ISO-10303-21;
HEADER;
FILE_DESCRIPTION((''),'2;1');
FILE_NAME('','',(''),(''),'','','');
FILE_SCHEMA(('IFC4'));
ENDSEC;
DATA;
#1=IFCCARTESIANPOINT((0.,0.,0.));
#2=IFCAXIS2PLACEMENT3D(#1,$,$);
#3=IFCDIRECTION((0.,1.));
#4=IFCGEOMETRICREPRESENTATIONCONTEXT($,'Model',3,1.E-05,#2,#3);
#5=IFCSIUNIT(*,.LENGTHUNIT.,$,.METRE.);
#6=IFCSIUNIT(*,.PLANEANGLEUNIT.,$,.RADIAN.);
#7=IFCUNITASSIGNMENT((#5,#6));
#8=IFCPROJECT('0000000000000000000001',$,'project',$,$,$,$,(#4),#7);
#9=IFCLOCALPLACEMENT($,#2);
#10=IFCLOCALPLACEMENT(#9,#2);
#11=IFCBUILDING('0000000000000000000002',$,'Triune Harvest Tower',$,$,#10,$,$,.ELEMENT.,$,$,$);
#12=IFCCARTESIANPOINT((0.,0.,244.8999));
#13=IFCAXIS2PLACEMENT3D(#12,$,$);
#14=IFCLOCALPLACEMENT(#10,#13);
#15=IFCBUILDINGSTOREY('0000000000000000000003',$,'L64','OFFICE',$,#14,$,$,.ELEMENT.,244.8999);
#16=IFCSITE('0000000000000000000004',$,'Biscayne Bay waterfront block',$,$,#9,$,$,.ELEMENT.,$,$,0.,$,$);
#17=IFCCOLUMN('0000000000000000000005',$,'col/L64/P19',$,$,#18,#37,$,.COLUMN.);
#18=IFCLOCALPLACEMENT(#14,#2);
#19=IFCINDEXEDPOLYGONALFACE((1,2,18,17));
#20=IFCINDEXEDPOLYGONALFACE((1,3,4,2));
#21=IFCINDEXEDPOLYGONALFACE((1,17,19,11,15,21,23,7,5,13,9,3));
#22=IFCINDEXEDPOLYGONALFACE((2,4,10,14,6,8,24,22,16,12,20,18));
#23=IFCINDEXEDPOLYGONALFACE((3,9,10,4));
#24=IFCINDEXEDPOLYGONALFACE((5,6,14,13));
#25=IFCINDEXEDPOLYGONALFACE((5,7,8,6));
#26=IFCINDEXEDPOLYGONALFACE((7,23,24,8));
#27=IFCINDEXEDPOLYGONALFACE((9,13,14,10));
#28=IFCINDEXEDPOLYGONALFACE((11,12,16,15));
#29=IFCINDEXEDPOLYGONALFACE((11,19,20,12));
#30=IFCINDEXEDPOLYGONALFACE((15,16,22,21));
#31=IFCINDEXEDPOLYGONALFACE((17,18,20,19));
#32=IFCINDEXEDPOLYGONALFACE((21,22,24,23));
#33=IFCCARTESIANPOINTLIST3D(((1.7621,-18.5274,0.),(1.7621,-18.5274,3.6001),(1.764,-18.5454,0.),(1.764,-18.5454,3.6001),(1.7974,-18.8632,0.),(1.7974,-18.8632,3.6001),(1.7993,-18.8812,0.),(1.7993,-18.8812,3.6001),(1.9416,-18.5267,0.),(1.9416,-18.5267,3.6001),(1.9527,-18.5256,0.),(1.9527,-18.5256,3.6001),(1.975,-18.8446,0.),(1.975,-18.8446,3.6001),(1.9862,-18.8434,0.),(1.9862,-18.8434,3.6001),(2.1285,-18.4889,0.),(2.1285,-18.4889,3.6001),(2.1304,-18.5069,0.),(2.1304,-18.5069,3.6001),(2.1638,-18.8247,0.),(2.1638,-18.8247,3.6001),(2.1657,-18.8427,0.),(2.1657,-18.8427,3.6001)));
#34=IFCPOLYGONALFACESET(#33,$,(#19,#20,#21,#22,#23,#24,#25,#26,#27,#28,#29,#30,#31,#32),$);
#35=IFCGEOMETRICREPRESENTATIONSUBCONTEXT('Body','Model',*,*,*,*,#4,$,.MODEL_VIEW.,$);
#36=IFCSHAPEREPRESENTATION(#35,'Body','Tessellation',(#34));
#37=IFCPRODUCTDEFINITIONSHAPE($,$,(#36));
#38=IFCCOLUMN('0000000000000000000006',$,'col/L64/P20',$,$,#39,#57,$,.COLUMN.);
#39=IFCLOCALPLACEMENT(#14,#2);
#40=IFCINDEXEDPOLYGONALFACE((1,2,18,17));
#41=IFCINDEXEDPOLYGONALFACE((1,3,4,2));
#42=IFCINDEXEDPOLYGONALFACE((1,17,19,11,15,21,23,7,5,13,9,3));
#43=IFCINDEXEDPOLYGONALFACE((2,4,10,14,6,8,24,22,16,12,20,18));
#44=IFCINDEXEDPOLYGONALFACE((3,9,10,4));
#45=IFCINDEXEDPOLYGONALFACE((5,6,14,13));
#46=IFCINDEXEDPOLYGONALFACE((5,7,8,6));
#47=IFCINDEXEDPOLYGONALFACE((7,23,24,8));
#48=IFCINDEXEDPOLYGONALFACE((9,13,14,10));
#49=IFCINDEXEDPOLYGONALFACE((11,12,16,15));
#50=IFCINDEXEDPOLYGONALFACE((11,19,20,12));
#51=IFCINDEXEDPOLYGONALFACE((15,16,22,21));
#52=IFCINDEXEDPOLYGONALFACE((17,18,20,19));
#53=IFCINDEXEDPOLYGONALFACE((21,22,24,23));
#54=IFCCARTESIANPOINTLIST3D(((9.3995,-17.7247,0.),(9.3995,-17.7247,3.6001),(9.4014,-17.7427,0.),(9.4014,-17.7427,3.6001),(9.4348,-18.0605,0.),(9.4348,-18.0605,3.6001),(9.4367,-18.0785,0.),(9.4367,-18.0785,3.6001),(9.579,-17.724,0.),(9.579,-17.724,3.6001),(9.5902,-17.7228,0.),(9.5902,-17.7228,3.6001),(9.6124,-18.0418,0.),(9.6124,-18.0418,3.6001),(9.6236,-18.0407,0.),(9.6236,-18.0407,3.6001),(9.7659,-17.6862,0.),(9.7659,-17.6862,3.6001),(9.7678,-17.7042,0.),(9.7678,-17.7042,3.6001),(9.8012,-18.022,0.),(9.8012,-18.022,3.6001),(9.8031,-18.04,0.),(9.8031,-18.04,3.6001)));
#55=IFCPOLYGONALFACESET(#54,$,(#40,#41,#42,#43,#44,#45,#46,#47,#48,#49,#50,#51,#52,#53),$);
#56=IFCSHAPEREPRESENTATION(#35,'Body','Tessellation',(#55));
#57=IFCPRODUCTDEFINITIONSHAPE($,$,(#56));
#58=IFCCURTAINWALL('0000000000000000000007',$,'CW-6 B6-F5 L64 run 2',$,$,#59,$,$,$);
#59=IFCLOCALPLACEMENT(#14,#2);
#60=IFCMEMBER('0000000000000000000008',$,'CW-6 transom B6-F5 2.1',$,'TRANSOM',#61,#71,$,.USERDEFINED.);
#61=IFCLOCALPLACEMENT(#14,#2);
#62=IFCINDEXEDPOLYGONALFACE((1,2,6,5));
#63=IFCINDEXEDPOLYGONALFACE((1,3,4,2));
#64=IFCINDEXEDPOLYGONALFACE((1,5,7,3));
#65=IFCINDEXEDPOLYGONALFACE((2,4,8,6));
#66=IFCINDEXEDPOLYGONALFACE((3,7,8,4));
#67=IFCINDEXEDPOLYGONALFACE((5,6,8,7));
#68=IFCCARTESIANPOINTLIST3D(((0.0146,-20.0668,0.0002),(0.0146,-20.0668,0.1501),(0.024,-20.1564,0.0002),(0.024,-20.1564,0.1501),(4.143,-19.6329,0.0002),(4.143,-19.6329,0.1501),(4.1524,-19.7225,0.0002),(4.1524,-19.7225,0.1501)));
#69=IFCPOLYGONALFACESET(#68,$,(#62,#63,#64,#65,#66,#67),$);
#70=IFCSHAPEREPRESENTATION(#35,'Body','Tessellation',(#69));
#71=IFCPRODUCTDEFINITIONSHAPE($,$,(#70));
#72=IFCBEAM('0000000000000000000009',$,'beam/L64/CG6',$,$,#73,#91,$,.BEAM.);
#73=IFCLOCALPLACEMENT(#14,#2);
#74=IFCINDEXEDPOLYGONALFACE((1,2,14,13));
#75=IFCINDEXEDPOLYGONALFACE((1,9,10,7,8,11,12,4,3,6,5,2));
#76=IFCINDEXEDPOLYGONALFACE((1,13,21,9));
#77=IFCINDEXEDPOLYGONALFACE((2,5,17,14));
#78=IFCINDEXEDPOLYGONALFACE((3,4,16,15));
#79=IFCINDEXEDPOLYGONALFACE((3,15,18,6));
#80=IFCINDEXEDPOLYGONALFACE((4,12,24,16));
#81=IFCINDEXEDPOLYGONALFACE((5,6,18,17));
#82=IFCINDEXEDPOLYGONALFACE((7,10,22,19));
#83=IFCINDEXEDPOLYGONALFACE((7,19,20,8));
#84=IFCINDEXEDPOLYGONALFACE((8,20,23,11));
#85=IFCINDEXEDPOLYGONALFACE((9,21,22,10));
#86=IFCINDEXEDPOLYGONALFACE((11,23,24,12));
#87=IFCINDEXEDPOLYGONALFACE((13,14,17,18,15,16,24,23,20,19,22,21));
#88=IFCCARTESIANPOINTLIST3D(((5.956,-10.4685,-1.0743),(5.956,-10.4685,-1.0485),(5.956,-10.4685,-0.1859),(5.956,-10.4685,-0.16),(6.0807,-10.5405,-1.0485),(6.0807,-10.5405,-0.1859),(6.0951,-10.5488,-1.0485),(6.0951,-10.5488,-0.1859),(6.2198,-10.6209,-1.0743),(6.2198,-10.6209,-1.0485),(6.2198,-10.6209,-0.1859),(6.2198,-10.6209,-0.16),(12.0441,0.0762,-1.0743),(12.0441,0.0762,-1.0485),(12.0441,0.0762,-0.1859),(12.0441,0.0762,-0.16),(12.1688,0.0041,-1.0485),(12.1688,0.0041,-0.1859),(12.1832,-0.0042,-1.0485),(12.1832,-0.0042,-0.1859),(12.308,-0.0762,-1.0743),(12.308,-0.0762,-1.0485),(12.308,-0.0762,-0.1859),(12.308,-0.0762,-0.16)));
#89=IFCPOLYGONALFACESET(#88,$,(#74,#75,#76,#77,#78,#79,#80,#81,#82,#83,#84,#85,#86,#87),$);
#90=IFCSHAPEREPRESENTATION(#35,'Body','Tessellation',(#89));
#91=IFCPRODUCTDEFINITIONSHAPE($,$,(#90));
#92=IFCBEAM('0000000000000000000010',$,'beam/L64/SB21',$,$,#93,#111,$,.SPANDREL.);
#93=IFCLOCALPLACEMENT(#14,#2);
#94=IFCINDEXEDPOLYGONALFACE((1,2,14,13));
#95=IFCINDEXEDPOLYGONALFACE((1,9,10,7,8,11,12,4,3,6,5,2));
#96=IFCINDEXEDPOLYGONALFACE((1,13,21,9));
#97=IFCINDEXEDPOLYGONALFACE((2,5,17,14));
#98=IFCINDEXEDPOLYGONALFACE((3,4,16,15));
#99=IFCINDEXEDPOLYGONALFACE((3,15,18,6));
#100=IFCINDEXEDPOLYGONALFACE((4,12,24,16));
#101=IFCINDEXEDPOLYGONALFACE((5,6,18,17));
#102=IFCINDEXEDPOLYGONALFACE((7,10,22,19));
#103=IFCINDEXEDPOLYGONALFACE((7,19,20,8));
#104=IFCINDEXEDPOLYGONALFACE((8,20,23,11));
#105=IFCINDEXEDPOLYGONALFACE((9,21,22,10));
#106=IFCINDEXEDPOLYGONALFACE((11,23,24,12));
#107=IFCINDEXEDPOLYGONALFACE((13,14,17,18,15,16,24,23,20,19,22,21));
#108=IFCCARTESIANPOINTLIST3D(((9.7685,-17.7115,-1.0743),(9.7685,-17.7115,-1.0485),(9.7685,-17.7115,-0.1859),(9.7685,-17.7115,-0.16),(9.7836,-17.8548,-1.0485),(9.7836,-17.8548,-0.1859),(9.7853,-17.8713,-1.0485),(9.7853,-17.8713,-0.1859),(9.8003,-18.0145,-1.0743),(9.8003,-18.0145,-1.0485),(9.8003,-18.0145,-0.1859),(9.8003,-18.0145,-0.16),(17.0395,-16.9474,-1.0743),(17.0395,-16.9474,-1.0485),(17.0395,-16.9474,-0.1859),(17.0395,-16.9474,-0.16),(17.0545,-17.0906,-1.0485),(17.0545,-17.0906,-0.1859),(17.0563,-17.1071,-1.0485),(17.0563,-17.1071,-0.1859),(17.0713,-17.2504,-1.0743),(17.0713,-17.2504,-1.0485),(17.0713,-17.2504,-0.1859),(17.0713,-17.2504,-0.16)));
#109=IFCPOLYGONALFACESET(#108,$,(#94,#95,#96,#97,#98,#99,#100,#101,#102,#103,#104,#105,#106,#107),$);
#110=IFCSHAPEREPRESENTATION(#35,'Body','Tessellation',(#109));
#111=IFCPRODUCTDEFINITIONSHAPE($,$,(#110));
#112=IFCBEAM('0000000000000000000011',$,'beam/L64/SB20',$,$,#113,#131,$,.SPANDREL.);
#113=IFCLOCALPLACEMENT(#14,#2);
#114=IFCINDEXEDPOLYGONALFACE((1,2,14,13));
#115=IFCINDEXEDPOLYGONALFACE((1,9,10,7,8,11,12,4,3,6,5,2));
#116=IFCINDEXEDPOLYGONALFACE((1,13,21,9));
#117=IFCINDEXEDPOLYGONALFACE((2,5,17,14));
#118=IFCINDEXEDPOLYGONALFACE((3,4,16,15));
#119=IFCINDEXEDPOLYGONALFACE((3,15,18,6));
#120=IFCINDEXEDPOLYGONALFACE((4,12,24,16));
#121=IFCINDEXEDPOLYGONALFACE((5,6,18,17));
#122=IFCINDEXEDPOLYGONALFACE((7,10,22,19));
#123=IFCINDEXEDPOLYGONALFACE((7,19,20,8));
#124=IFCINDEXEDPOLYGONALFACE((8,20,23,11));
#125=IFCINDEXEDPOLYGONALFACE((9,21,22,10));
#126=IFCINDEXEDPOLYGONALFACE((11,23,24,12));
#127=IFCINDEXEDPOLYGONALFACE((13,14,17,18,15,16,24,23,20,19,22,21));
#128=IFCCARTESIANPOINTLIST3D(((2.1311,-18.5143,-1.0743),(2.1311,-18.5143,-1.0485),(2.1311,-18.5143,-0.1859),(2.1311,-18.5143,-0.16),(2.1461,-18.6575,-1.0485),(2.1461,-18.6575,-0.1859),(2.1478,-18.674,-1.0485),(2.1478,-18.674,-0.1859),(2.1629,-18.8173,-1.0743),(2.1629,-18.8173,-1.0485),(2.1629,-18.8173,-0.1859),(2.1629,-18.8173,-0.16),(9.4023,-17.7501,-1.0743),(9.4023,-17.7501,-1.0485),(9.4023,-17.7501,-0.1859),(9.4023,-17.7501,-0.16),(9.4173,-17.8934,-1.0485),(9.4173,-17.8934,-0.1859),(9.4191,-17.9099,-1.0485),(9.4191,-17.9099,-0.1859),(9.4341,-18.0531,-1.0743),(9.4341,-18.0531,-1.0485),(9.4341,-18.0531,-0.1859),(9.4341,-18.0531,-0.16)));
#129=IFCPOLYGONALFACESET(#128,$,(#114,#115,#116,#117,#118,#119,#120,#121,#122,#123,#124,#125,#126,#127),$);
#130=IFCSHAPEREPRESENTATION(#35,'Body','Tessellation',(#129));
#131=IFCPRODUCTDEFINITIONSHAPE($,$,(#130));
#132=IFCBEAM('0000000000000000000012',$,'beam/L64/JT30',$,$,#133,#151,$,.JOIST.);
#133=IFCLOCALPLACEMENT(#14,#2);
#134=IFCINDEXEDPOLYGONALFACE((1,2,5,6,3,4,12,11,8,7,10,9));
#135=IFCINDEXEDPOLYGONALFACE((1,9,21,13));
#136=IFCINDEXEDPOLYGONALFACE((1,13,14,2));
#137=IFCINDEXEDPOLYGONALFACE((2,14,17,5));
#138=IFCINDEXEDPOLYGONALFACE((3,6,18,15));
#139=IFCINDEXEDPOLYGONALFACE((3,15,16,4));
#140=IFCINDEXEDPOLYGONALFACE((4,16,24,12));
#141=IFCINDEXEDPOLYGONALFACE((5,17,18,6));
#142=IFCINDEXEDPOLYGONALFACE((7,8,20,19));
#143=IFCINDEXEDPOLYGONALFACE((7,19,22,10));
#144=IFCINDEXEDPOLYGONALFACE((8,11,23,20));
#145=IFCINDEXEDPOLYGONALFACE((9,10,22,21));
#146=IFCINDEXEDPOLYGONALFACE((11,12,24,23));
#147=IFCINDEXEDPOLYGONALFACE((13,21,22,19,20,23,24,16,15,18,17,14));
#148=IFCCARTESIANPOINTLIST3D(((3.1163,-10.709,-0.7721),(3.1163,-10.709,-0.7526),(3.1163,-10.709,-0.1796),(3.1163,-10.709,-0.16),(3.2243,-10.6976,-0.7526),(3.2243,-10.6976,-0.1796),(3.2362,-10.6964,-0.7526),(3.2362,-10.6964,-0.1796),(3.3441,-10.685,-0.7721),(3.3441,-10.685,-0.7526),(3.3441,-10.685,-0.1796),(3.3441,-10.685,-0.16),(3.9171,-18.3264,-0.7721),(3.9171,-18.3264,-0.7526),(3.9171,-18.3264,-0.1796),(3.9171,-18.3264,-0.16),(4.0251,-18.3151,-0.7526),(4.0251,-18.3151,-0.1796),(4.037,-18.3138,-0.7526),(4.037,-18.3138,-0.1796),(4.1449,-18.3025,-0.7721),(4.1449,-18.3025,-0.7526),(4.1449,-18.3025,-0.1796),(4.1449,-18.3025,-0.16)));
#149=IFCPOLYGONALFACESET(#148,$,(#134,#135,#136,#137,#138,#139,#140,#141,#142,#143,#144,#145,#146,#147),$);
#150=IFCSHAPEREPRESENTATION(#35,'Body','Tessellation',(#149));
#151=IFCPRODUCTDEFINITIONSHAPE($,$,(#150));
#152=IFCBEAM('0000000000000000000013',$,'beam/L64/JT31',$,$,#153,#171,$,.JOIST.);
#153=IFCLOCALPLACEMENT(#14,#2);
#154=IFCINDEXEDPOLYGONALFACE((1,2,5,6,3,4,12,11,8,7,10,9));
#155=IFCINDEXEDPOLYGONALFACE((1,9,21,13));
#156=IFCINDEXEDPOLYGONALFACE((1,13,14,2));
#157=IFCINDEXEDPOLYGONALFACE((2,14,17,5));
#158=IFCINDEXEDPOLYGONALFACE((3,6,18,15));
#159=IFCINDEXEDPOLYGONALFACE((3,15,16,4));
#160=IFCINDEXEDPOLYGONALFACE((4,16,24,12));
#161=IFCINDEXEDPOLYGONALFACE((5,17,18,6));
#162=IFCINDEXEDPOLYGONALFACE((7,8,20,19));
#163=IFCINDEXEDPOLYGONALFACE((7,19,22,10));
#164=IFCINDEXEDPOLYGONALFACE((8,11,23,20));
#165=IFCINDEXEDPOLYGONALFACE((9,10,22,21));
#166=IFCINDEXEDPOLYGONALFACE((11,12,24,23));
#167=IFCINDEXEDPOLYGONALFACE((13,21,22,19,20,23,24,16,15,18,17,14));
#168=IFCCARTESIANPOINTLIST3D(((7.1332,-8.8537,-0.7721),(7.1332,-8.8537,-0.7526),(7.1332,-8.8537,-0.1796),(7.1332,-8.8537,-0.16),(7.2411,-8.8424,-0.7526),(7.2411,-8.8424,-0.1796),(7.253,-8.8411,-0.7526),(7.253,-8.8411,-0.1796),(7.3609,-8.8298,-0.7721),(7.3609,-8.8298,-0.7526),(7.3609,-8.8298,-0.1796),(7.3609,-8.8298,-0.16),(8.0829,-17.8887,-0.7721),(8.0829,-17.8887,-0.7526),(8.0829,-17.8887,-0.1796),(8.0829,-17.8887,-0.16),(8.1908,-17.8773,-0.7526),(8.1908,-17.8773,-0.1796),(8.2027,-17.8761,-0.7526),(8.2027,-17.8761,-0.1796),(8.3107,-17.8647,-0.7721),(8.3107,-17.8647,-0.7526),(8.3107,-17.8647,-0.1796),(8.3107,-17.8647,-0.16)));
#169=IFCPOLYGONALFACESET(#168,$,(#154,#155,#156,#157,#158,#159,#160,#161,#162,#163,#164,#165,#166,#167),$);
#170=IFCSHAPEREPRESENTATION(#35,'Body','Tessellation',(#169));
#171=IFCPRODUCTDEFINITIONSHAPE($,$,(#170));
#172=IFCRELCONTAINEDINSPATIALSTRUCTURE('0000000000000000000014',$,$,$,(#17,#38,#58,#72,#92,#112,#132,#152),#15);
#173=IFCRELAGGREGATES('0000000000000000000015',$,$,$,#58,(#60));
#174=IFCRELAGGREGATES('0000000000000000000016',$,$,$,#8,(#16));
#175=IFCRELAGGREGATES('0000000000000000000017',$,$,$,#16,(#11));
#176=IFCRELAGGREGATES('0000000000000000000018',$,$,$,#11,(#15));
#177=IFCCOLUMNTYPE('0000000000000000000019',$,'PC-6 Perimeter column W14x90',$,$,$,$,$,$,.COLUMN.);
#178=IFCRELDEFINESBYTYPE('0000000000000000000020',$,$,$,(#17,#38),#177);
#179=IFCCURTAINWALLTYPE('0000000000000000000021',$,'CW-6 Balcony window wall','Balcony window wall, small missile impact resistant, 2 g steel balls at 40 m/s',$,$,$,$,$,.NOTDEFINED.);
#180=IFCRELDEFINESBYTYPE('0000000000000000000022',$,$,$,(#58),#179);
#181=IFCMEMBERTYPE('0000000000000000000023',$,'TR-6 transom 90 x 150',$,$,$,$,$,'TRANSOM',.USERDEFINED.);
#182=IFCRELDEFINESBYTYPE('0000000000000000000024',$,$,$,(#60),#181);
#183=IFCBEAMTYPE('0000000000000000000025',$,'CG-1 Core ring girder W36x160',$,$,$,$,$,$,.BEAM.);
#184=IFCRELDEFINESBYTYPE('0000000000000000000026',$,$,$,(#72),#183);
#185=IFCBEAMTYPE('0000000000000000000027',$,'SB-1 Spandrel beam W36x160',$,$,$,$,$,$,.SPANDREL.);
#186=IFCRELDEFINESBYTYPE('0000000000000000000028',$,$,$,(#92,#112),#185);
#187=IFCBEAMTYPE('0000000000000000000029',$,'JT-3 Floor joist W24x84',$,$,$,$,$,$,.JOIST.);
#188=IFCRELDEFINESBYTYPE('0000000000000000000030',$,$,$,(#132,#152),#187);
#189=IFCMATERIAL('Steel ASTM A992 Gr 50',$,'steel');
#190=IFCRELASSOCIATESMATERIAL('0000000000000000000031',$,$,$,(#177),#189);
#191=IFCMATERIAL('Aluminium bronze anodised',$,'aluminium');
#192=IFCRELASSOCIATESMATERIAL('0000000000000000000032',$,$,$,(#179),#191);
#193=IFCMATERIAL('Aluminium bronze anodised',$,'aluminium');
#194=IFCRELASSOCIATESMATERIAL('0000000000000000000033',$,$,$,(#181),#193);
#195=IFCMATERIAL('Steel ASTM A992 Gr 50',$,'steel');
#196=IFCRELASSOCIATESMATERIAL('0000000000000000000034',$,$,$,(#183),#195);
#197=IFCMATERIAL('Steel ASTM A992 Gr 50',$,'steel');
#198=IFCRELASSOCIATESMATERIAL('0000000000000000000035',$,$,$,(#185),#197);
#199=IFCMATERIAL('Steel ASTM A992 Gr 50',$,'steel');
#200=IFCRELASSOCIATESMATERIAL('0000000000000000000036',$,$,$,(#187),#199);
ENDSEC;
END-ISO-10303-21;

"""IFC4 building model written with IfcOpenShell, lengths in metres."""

from ifc_helpers import new_model, si_unit, direction, frame, origin, origin_2d, place, context, subcontext, project, spatial, rectangle, i_section, extrude, source, transform, mapped, material, material_profile, profile_set, type_object, element, aggregate, save


model = new_model("IFC4")

# Units and contexts
model_context = context("Model", 3, precision=1e-05, world=origin(), true_north=direction((0.0, 1.0)))
body_context = subcontext(model_context, "Body", "Model", "MODEL_VIEW")
ifc_project = project(units=[si_unit("LENGTHUNIT", "METRE"), si_unit("PLANEANGLEUNIT", "RADIAN")], contexts=[model_context])

# Site, building, storey
site_placement = place(None, origin())
site = spatial("IfcSite", under=ifc_project, at=site_placement, Name="Biscayne Bay waterfront block", CompositionType="ELEMENT", RefElevation=0.0)
building_placement = place(site_placement, origin())
building = spatial("IfcBuilding", under=site, at=building_placement, Name="Triune Harvest Tower", CompositionType="ELEMENT")
storey_placement = place(building_placement, frame((0.0, 0.0, 244.8999)))
storey = spatial("IfcBuildingStorey", under=building, at=storey_placement, Name="L64", Description="OFFICE", CompositionType="ELEMENT", Elevation=244.8999)

# Columns
ifc_material_1 = material(Name="Steel ASTM A992 Gr 50", Category="steel")
ifc_material_profile_1 = material_profile(ifc_material_1, i_section(OverallWidth=0.3684, OverallDepth=0.3557, WebThickness=0.0112, FlangeThickness=0.0181, at=origin_2d()), Name="W14x90")
ifc_profile_set_1 = profile_set([ifc_material_profile_1], Name="Steel ASTM A992 Gr 50")
column_type = type_object("IfcColumnType", Name="PC-6 Perimeter column W14x90", PredefinedType="COLUMN", material=ifc_profile_set_1)
shared_shape_1 = source(origin(), body_context, "Body", "SweptSolid", [
    extrude(i_section(OverallWidth=0.3684, OverallDepth=0.3557, WebThickness=0.0112, FlangeThickness=0.0181, at=origin_2d()), origin(), (0.0, 0.0, 1.0), 3.6001),
])
for number, where, z_axis, x_axis, name in (
    (1, (1.9639, -18.6851, 0.0), (0.0, 0.0, 1.0), (0.994522, 0.10453, 0.0), "col/L64/P19"),
    (2, (9.6013, -17.8823, 0.0), (0.0, 0.0, 1.0), (0.994522, 0.10453, 0.0), "col/L64/P20"),
):
    element("IfcColumn", number, at=place(storey_placement, frame(where, z_axis=z_axis, x_axis=x_axis)), inside=storey, type_object=column_type, Name=name, PredefinedType="COLUMN", context=body_context, shape_type="MappedRepresentation", body=[
        mapped(shared_shape_1, transform((0.0, 0.0, 0.0), scale=1.0)),
    ])

# Curtain wall, member
ifc_material_2 = material(Name="Aluminium bronze anodised", Category="aluminium")
curtain_wall_type_1 = type_object("IfcCurtainWallType", Name="CW-6 Balcony window wall", Description="Balcony window wall, small missile impact resistant, 2 g steel balls at 40 m/s", PredefinedType="NOTDEFINED", material=ifc_material_2)
curtain_wall_1_placement = place(storey_placement, origin())
curtain_wall_1 = element("IfcCurtainWall", 3, at=curtain_wall_1_placement, inside=storey, type_object=curtain_wall_type_1, Name="CW-6 B6-F5 L64 run 2")
ifc_material_3 = material(Name="Aluminium bronze anodised", Category="aluminium")
ifc_material_profile_2 = material_profile(ifc_material_3, rectangle(XDim=0.0901, YDim=0.1499, at=origin_2d()), Name="TR-6 transom 90 x 150")
ifc_profile_set_2 = profile_set([ifc_material_profile_2], Name="Aluminium bronze anodised")
member_type_1 = type_object("IfcMemberType", Name="TR-6 transom 90 x 150", ElementType="TRANSOM", PredefinedType="USERDEFINED", material=ifc_profile_set_2)
member_1_placement = place(storey_placement, frame((0.0193, -20.1116, 0.0752), z_axis=(0.994524, 0.10451, 0.0), x_axis=(-0.10451, 0.994524, 0.0)))
member_1 = element("IfcMember", 4, at=member_1_placement, type_object=member_type_1, Name="CW-6 transom B6-F5 2.1", ObjectType="TRANSOM", PredefinedType="USERDEFINED", context=body_context, shape_type="SweptSolid", body=[
    extrude(rectangle(XDim=0.0901, YDim=0.1499, at=origin_2d()), origin(), (0.0, 0.0, 1.0), 4.1511),
])

# Beams
ifc_material_4 = material(Name="Steel ASTM A992 Gr 50", Category="steel")
ifc_material_profile_3 = material_profile(ifc_material_4, i_section(OverallWidth=0.3047, OverallDepth=0.9143, WebThickness=0.0166, FlangeThickness=0.0259, at=origin_2d()), Name="W36x160")
ifc_profile_set_3 = profile_set([ifc_material_profile_3], Name="Steel ASTM A992 Gr 50")
beam_type_1 = type_object("IfcBeamType", Name="CG-1 Core ring girder W36x160", PredefinedType="BEAM", material=ifc_profile_set_3)
shared_shape_2 = source(origin(), body_context, "Body", "SweptSolid", [
    extrude(i_section(OverallWidth=0.3047, OverallDepth=0.9143, WebThickness=0.0166, FlangeThickness=0.0259, at=origin_2d()), origin(), (0.0, 0.0, 1.0), 12.176),
])
beam_1_placement = place(storey_placement, frame((6.0879, -10.5447, -0.6172), z_axis=(0.50001, 0.86602, 0.0), x_axis=(-0.86602, 0.50001, 0.0)))
element("IfcBeam", 5, at=beam_1_placement, inside=storey, type_object=beam_type_1, Name="beam/L64/CG6", PredefinedType="BEAM", context=body_context, shape_type="MappedRepresentation", body=[
    mapped(shared_shape_2, transform((0.0, 0.0, 0.0), scale=1.0)),
])
ifc_material_5 = material(Name="Steel ASTM A992 Gr 50", Category="steel")
ifc_material_profile_4 = material_profile(ifc_material_5, i_section(OverallWidth=0.3047, OverallDepth=0.9143, WebThickness=0.0166, FlangeThickness=0.0259, at=origin_2d()), Name="W36x160")
ifc_profile_set_4 = profile_set([ifc_material_profile_4], Name="Steel ASTM A992 Gr 50")
beam_type_2 = type_object("IfcBeamType", Name="SB-1 Spandrel beam W36x160", PredefinedType="SPANDREL", material=ifc_profile_set_4)
shared_shape_3 = source(origin(), body_context, "Body", "SweptSolid", [
    extrude(i_section(OverallWidth=0.3047, OverallDepth=0.9143, WebThickness=0.0166, FlangeThickness=0.0259, at=origin_2d()), origin(), (0.0, 0.0, 1.0), 7.311),
])
beam_2_placement = place(storey_placement, frame((9.7844, -17.863, -0.6172), z_axis=(0.994523, 0.104521, 0.0), x_axis=(-0.104521, 0.994523, 0.0)))
element("IfcBeam", 6, at=beam_2_placement, inside=storey, type_object=beam_type_2, Name="beam/L64/SB21", PredefinedType="SPANDREL", context=body_context, shape_type="MappedRepresentation", body=[
    mapped(shared_shape_3, transform((0.0, 0.0, 0.0), scale=1.0)),
])
shared_shape_4 = source(origin(), body_context, "Body", "SweptSolid", [
    extrude(i_section(OverallWidth=0.3047, OverallDepth=0.9143, WebThickness=0.0166, FlangeThickness=0.0259, at=origin_2d()), origin(), (0.0, 0.0, 1.0), 7.3113),
])
beam_3_placement = place(storey_placement, frame((2.147, -18.6658, -0.6172), z_axis=(0.994523, 0.104518, 0.0), x_axis=(-0.104518, 0.994523, 0.0)))
element("IfcBeam", 7, at=beam_3_placement, inside=storey, type_object=beam_type_2, Name="beam/L64/SB20", PredefinedType="SPANDREL", context=body_context, shape_type="MappedRepresentation", body=[
    mapped(shared_shape_4, transform((0.0, 0.0, 0.0), scale=1.0)),
])
ifc_material_6 = material(Name="Steel ASTM A992 Gr 50", Category="steel")
ifc_material_profile_5 = material_profile(ifc_material_6, i_section(OverallWidth=0.229, OverallDepth=0.6121, WebThickness=0.012, FlangeThickness=0.0195, at=origin_2d()), Name="W24x84")
ifc_profile_set_5 = profile_set([ifc_material_profile_5], Name="Steel ASTM A992 Gr 50")
beam_type_3 = type_object("IfcBeamType", Name="JT-3 Floor joist W24x84", PredefinedType="JOIST", material=ifc_profile_set_5)
shared_shape_5 = source(origin(), body_context, "Body", "SweptSolid", [
    extrude(i_section(OverallWidth=0.229, OverallDepth=0.6121, WebThickness=0.012, FlangeThickness=0.0195, at=origin_2d()), origin(), (0.0, 0.0, 1.0), 7.6594),
])
beam_4_placement = place(storey_placement, frame((4.031, -18.3145, -0.4661), z_axis=(-0.104549, 0.99452, 0.0), x_axis=(-0.99452, -0.104549, 0.0)))
element("IfcBeam", 8, at=beam_4_placement, inside=storey, type_object=beam_type_3, Name="beam/L64/JT30", PredefinedType="JOIST", context=body_context, shape_type="MappedRepresentation", body=[
    mapped(shared_shape_5, transform((0.0, 0.0, 0.0), scale=1.0)),
])
shared_shape_6 = source(origin(), body_context, "Body", "SweptSolid", [
    extrude(i_section(OverallWidth=0.229, OverallDepth=0.6121, WebThickness=0.012, FlangeThickness=0.0195, at=origin_2d()), origin(), (0.0, 0.0, 1.0), 9.0847),
])
beam_5_placement = place(storey_placement, frame((8.1968, -17.8767, -0.4661), z_axis=(-0.104539, 0.994521, 0.0), x_axis=(-0.994521, -0.104539, 0.0)))
element("IfcBeam", 9, at=beam_5_placement, inside=storey, type_object=beam_type_3, Name="beam/L64/JT31", PredefinedType="JOIST", context=body_context, shape_type="MappedRepresentation", body=[
    mapped(shared_shape_6, transform((0.0, 0.0, 0.0), scale=1.0)),
])

aggregate(curtain_wall_1, [member_1])

save(model, "model.ifc")
